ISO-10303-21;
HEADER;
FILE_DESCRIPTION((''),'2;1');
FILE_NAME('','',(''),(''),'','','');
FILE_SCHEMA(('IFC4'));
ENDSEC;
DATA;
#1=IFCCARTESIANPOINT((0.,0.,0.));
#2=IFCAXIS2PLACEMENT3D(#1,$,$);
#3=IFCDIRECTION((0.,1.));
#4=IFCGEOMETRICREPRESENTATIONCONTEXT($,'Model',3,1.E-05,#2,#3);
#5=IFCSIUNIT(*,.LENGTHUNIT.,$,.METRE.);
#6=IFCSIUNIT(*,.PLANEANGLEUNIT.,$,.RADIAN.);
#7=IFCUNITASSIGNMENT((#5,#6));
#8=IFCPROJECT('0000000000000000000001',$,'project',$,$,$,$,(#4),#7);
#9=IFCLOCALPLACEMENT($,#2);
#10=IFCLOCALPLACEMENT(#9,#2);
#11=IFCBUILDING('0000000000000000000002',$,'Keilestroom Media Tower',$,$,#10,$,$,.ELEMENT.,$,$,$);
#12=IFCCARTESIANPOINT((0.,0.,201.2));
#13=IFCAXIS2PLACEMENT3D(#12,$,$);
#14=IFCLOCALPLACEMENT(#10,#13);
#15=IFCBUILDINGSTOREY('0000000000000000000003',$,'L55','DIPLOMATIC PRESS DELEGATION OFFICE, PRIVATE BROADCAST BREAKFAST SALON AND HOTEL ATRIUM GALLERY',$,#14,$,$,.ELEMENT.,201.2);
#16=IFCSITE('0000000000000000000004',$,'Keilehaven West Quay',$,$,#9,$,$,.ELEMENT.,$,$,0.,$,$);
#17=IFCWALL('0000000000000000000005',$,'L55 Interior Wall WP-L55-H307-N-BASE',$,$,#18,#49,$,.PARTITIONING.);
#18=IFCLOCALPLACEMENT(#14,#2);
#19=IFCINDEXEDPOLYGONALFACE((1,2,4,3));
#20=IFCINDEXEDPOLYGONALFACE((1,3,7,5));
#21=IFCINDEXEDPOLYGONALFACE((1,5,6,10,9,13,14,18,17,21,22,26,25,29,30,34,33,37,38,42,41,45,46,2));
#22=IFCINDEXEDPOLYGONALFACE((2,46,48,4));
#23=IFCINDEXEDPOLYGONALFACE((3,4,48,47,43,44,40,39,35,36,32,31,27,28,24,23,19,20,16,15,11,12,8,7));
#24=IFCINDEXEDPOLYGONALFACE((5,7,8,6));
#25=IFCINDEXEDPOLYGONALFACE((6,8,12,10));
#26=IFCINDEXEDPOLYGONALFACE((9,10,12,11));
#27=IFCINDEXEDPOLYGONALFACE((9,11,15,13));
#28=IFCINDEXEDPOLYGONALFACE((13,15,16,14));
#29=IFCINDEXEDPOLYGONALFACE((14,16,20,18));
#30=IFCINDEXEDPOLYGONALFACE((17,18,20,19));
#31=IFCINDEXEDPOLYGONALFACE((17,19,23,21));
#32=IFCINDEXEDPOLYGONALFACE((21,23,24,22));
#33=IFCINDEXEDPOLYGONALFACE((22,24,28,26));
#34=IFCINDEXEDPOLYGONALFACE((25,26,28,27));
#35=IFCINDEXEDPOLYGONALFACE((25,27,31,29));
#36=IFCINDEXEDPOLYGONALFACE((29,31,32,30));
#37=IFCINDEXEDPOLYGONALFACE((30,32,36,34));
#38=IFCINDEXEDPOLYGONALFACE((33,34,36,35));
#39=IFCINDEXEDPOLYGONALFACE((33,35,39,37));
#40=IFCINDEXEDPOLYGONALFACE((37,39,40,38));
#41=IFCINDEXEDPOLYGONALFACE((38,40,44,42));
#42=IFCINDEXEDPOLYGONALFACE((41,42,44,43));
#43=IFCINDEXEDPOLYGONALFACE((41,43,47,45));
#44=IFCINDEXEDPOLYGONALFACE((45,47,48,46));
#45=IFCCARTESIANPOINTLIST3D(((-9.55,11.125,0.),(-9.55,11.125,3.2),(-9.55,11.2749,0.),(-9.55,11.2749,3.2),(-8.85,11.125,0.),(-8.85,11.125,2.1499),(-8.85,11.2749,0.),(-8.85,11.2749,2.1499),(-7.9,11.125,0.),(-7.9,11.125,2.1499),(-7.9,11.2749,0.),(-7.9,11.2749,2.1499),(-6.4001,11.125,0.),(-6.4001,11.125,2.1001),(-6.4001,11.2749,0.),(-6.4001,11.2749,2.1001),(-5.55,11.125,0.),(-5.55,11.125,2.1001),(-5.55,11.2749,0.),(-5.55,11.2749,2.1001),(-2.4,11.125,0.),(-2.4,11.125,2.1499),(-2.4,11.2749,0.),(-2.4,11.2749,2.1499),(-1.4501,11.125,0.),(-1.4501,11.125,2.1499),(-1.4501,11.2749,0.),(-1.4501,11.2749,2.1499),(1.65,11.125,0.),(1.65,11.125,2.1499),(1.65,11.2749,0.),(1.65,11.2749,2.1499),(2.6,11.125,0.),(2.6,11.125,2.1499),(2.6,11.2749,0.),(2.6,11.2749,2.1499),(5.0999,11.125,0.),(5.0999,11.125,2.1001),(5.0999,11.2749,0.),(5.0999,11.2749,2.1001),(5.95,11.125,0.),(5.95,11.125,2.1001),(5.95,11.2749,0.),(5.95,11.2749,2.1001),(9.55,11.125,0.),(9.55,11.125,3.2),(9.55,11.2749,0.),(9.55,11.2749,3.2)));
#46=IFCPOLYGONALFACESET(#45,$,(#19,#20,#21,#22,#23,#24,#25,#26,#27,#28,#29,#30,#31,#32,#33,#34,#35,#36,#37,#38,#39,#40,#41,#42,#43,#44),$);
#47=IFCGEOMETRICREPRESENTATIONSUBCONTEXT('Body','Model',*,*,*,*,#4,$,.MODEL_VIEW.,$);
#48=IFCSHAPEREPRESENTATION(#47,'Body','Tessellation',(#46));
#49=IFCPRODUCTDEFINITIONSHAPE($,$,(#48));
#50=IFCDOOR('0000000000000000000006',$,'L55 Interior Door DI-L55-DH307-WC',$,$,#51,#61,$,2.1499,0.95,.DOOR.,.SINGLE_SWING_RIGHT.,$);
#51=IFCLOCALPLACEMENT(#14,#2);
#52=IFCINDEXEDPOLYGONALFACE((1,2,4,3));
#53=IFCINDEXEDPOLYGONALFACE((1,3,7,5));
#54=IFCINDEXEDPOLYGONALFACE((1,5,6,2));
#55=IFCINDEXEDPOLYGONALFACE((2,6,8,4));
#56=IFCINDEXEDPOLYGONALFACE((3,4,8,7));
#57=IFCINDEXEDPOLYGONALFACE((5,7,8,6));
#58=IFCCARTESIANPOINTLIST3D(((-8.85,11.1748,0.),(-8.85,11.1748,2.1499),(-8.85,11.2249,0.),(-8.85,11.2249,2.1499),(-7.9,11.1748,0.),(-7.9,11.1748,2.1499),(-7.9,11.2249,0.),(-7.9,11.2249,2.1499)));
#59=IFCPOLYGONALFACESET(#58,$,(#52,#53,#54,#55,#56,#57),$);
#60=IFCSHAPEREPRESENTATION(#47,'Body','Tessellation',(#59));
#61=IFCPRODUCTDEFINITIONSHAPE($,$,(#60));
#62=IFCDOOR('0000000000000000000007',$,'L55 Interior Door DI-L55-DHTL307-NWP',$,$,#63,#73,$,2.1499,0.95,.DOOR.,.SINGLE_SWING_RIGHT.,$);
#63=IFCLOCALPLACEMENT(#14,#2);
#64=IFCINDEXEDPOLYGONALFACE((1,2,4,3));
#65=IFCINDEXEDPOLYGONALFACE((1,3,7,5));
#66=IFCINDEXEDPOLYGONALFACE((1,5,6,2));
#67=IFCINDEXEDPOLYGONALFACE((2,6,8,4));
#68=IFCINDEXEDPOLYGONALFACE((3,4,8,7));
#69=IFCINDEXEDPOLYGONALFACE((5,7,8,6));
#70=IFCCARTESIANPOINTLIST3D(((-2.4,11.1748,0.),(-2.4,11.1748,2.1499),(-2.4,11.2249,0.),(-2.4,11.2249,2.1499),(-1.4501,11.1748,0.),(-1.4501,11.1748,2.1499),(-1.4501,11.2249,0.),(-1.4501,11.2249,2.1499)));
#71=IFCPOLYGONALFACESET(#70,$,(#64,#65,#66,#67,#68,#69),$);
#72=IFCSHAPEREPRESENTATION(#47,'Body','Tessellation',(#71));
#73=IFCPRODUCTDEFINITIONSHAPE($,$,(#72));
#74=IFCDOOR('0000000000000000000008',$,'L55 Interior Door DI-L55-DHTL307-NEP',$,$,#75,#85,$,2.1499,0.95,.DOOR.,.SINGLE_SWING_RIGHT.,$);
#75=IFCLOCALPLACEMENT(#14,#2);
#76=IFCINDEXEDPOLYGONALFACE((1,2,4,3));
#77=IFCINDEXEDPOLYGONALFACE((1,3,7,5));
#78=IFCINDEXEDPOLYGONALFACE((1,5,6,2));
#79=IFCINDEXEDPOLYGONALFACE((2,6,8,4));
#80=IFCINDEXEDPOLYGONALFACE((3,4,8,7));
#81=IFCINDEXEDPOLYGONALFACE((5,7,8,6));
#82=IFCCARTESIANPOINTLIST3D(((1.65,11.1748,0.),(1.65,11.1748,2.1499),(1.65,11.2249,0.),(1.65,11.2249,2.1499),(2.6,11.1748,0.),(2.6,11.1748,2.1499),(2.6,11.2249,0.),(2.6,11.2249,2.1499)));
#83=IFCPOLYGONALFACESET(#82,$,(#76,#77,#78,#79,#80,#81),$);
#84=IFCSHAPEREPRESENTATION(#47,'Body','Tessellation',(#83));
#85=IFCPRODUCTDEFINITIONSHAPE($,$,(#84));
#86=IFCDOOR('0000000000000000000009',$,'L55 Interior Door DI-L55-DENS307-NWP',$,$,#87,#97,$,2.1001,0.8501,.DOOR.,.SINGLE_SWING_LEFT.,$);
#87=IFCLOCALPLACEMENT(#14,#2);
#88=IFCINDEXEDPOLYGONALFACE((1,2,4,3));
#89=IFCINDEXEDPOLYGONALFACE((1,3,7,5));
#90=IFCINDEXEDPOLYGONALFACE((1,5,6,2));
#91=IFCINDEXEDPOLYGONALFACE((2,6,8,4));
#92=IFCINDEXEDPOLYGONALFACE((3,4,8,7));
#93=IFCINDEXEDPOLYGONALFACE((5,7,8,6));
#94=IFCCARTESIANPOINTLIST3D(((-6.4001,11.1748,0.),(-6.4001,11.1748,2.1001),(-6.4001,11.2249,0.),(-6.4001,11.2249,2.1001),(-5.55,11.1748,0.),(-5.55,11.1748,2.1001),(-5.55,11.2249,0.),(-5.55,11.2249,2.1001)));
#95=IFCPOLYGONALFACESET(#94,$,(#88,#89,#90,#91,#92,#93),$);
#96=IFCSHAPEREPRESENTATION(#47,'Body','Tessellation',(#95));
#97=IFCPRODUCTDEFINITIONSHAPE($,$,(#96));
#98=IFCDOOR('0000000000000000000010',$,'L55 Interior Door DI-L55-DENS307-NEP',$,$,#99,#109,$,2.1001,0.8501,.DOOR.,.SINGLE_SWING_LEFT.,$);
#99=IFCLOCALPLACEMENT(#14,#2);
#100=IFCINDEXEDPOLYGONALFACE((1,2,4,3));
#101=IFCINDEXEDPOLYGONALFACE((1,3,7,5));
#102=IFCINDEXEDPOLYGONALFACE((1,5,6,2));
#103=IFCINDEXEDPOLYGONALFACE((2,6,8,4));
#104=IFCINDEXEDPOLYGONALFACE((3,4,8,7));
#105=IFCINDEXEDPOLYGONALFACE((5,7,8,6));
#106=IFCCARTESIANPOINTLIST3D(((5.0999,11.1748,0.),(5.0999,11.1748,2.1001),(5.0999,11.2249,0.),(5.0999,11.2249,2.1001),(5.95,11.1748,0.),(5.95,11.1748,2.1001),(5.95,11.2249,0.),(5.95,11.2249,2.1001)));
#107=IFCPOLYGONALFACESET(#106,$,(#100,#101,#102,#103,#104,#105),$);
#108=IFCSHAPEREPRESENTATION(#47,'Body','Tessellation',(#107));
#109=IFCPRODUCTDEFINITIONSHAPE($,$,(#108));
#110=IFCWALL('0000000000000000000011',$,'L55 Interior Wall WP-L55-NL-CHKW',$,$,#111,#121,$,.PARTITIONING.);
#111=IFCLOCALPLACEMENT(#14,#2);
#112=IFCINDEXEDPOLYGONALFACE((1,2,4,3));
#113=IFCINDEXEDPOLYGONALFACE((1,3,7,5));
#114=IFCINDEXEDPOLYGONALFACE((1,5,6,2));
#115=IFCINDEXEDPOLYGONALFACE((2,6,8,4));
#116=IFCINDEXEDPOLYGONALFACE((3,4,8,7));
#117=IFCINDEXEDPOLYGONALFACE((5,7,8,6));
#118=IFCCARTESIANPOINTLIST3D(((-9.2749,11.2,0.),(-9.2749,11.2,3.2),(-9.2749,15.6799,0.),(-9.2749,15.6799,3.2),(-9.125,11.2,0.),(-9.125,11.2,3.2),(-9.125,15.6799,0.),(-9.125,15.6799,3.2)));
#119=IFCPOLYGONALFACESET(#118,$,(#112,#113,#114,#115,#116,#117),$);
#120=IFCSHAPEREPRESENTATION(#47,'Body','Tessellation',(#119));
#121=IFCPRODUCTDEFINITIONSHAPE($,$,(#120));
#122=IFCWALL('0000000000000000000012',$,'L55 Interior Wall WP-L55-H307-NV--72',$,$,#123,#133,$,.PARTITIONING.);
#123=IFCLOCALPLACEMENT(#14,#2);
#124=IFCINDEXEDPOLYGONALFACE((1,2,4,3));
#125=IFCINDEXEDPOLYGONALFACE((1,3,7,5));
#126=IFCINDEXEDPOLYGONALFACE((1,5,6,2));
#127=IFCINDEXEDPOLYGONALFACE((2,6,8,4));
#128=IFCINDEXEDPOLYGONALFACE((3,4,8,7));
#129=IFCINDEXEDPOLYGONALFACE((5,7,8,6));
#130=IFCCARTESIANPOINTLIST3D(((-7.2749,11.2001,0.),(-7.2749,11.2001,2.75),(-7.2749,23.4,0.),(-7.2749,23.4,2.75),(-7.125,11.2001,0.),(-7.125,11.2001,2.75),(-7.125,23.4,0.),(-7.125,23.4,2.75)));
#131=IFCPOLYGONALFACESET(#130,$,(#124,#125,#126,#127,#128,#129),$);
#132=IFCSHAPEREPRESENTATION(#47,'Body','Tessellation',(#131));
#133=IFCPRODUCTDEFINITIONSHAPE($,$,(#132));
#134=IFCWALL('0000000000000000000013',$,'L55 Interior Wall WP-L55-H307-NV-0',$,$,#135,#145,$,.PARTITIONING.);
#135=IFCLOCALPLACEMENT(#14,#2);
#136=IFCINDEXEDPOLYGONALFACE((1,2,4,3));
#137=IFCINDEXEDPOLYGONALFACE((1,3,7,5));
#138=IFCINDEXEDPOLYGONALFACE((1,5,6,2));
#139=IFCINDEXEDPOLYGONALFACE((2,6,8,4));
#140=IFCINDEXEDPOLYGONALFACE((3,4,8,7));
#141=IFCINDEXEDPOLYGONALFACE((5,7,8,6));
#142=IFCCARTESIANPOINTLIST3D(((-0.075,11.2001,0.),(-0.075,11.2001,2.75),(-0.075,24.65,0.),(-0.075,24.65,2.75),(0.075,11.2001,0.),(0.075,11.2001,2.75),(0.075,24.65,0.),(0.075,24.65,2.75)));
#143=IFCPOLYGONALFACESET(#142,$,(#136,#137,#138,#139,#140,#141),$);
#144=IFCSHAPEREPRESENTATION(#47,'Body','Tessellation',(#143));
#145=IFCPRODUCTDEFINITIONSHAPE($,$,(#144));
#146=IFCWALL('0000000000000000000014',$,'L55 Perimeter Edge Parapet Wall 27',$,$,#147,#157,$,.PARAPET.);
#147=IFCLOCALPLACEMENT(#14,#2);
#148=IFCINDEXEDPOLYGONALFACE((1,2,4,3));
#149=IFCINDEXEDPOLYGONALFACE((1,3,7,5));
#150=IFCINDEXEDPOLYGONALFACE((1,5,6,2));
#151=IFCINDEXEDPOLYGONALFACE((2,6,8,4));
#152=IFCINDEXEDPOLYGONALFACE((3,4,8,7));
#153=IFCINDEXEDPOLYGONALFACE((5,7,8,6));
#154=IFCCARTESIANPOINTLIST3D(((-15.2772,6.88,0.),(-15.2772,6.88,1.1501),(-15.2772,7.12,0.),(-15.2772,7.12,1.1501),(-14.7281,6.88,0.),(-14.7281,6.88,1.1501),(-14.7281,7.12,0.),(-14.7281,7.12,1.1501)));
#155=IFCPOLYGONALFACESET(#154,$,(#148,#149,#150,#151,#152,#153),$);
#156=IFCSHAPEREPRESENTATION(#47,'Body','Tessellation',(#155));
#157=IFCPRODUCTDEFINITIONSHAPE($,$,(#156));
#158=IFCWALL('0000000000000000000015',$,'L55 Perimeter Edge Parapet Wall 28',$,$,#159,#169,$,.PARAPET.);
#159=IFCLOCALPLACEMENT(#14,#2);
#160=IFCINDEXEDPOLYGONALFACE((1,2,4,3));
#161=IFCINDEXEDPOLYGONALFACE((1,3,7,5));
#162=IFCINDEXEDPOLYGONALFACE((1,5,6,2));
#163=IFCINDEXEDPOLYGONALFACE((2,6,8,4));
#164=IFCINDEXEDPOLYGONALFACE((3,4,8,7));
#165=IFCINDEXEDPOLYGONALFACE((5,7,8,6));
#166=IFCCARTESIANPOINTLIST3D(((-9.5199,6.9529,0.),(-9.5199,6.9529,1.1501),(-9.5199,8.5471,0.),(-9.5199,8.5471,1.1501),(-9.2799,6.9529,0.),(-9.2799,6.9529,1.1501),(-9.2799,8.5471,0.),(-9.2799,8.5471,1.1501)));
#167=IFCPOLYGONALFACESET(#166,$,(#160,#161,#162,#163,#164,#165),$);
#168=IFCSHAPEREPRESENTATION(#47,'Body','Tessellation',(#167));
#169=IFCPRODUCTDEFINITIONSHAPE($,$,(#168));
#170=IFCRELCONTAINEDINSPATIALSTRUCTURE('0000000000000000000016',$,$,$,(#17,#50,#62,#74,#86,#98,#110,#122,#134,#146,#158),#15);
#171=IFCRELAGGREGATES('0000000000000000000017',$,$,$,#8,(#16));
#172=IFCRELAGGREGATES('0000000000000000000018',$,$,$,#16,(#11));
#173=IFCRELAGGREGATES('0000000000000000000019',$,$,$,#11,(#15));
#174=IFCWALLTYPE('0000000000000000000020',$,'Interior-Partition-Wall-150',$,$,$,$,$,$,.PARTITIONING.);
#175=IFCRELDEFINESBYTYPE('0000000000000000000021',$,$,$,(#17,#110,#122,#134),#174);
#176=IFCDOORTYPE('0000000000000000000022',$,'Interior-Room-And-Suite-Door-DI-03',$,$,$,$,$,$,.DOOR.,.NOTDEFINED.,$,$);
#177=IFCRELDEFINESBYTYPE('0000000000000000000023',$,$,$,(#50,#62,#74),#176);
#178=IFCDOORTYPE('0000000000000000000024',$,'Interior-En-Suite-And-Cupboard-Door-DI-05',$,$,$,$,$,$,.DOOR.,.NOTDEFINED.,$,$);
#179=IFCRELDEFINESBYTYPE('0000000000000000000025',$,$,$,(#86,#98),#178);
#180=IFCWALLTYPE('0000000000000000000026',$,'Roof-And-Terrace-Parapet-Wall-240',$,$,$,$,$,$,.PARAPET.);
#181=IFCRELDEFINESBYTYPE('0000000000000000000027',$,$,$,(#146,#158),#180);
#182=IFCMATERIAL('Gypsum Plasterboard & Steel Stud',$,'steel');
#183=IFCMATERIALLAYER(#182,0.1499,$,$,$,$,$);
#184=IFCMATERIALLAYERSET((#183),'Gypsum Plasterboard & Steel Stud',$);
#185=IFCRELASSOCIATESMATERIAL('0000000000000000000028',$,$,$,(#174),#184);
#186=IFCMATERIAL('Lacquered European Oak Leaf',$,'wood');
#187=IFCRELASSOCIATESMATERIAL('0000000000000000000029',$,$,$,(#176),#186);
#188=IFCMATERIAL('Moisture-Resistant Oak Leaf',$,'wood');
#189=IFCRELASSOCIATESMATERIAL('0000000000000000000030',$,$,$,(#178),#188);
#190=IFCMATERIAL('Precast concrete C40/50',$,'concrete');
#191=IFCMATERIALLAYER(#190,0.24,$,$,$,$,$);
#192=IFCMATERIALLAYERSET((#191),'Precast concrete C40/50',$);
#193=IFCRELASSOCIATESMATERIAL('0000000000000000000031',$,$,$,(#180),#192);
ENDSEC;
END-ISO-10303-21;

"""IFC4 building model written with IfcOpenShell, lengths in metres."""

from ifc_helpers import new_model, si_unit, direction, frame, frame_2d, origin, place, context, subcontext, project, spatial, rectangle, extrude, source, transform, mapped, material, layer, layer_set, type_object, element, fill, save


model = new_model("IFC4")

# Units and contexts
model_context = context("Model", 3, precision=1e-05, world=origin(), true_north=direction((0.0, 1.0)))
body_context = subcontext(model_context, "Body", "Model", "MODEL_VIEW")
ifc_project = project(units=[si_unit("LENGTHUNIT", "METRE"), si_unit("PLANEANGLEUNIT", "RADIAN")], contexts=[model_context])

# Site, building, storey
site_placement = place(None, origin())
site = spatial("IfcSite", under=ifc_project, at=site_placement, Name="Keilehaven West Quay", CompositionType="ELEMENT", RefElevation=0.0)
building_placement = place(site_placement, origin())
building = spatial("IfcBuilding", under=site, at=building_placement, Name="Keilestroom Media Tower", CompositionType="ELEMENT")
storey_placement = place(building_placement, frame((0.0, 0.0, 201.2)))
storey = spatial("IfcBuildingStorey", under=building, at=storey_placement, Name="L55", Description="DIPLOMATIC PRESS DELEGATION OFFICE, PRIVATE BROADCAST BREAKFAST SALON AND HOTEL ATRIUM GALLERY", CompositionType="ELEMENT", Elevation=201.2)

# Shared definitions
ifc_material_1 = material(Name="Precast concrete C40/50", Category="concrete")

# Shared definitions
ifc_material_2 = material(Name="Gypsum Plasterboard & Steel Stud", Category="steel")

# Wall, openings, doors
ifc_layer_1 = layer(ifc_material_2, 0.1499)
ifc_layer_set_1 = layer_set([ifc_layer_1], Name="Gypsum Plasterboard & Steel Stud")
wall_type_1 = type_object("IfcWallType", Name="Interior-Partition-Wall-150", PredefinedType="PARTITIONING", material=ifc_layer_set_1)
wall_1_placement = place(storey_placement, frame((-9.55, 11.2, 0.0), z_axis=(0.0, 0.0, 1.0), x_axis=(1.0, 0.0, 0.0)))
wall_1 = element("IfcWall", 1, at=wall_1_placement, inside=storey, type_object=wall_type_1, Name="L55 Interior Wall WP-L55-H307-N-BASE", PredefinedType="PARTITIONING", context=body_context, shape_type="SweptSolid", body=[
    extrude(rectangle(XDim=19.1001, YDim=0.1499, at=frame_2d((9.55, 0.0))), origin(), (0.0, 0.0, 1.0), 3.2),
])
opening_1_placement = place(wall_1_placement, frame((0.7, 0.0, 0.0)))
opening_1 = element("IfcOpeningElement", 2, at=opening_1_placement, cuts=wall_1, PredefinedType="OPENING", context=body_context, shape_type="SweptSolid", body=[
    extrude(rectangle(XDim=0.95, YDim=2.1499, at=frame_2d((0.4751, 1.075))), frame((0.0, 0.085, 0.0), z_axis=(0.0, -1.0, 0.0), x_axis=(1.0, 0.0, 0.0)), (0.0, 0.0, 1.0), 0.1699),
])
opening_2_placement = place(wall_1_placement, frame((3.1499, 0.0, 0.0)))
opening_2 = element("IfcOpeningElement", 3, at=opening_2_placement, cuts=wall_1, PredefinedType="OPENING", context=body_context, shape_type="SweptSolid", body=[
    extrude(rectangle(XDim=0.8501, YDim=2.1001, at=frame_2d((0.425, 1.05))), frame((0.0, 0.085, 0.0), z_axis=(0.0, -1.0, 0.0), x_axis=(1.0, 0.0, 0.0)), (0.0, 0.0, 1.0), 0.1699),
])
opening_3_placement = place(wall_1_placement, frame((7.1499, 0.0, 0.0)))
opening_3 = element("IfcOpeningElement", 4, at=opening_3_placement, cuts=wall_1, PredefinedType="OPENING", context=body_context, shape_type="SweptSolid", body=[
    extrude(rectangle(XDim=0.95, YDim=2.1499, at=frame_2d((0.4751, 1.075))), frame((0.0, 0.085, 0.0), z_axis=(0.0, -1.0, 0.0), x_axis=(1.0, 0.0, 0.0)), (0.0, 0.0, 1.0), 0.1699),
])
opening_4_placement = place(wall_1_placement, frame((14.6499, 0.0, 0.0)))
opening_4 = element("IfcOpeningElement", 5, at=opening_4_placement, cuts=wall_1, PredefinedType="OPENING", context=body_context, shape_type="SweptSolid", body=[
    extrude(rectangle(XDim=0.8501, YDim=2.1001, at=frame_2d((0.425, 1.05))), frame((0.0, 0.085, 0.0), z_axis=(0.0, -1.0, 0.0), x_axis=(1.0, 0.0, 0.0)), (0.0, 0.0, 1.0), 0.1699),
])
opening_5_placement = place(wall_1_placement, frame((11.2, 0.0, 0.0)))
opening_5 = element("IfcOpeningElement", 6, at=opening_5_placement, cuts=wall_1, PredefinedType="OPENING", context=body_context, shape_type="SweptSolid", body=[
    extrude(rectangle(XDim=0.95, YDim=2.1499, at=frame_2d((0.4751, 1.075))), frame((0.0, 0.085, 0.0), z_axis=(0.0, -1.0, 0.0), x_axis=(1.0, 0.0, 0.0)), (0.0, 0.0, 1.0), 0.1699),
])
ifc_material_3 = material(Name="Lacquered European Oak Leaf", Category="wood")
door_type_1 = type_object("IfcDoorType", Name="Interior-Room-And-Suite-Door-DI-03", OperationType="NOTDEFINED", PredefinedType="DOOR", material=ifc_material_3)
shared_shape_1 = source(origin(), body_context, "Body", "SweptSolid", [
    extrude(rectangle(XDim=0.95, YDim=2.1499, at=frame_2d((0.4751, 1.075))), frame((0.0, 0.0249, 0.0), z_axis=(0.0, -1.0, 0.0), x_axis=(1.0, 0.0, 0.0)), (0.0, 0.0, 1.0), 0.05),
])
door_1_placement = place(opening_1_placement, origin())
door_1 = element("IfcDoor", 7, at=door_1_placement, inside=storey, type_object=door_type_1, Name="L55 Interior Door DI-L55-DH307-WC", OperationType="SINGLE_SWING_RIGHT", OverallHeight=2.1499, OverallWidth=0.95, PredefinedType="DOOR", context=body_context, shape_type="MappedRepresentation", body=[
    mapped(shared_shape_1, transform((0.0, 0.0, 0.0), x_axis=(1.0, 0.0, 0.0), y_axis=(0.0, 1.0, 0.0), z_axis=(0.0, 0.0, 1.0), scale=1.0)),
])
fill(opening_1, door_1)
door_2_placement = place(opening_3_placement, origin())
door_2 = element("IfcDoor", 8, at=door_2_placement, inside=storey, type_object=door_type_1, Name="L55 Interior Door DI-L55-DHTL307-NWP", OperationType="SINGLE_SWING_RIGHT", OverallHeight=2.1499, OverallWidth=0.95, PredefinedType="DOOR", context=body_context, shape_type="MappedRepresentation", body=[
    mapped(shared_shape_1, transform((0.0, 0.0, 0.0), x_axis=(1.0, 0.0, 0.0), y_axis=(0.0, 1.0, 0.0), z_axis=(0.0, 0.0, 1.0), scale=1.0)),
])
fill(opening_3, door_2)
door_3_placement = place(opening_5_placement, origin())
door_3 = element("IfcDoor", 9, at=door_3_placement, inside=storey, type_object=door_type_1, Name="L55 Interior Door DI-L55-DHTL307-NEP", OperationType="SINGLE_SWING_RIGHT", OverallHeight=2.1499, OverallWidth=0.95, PredefinedType="DOOR", context=body_context, shape_type="MappedRepresentation", body=[
    mapped(shared_shape_1, transform((0.0, 0.0, 0.0), x_axis=(1.0, 0.0, 0.0), y_axis=(0.0, 1.0, 0.0), z_axis=(0.0, 0.0, 1.0), scale=1.0)),
])
fill(opening_5, door_3)
ifc_material_4 = material(Name="Moisture-Resistant Oak Leaf", Category="wood")
door_type_2 = type_object("IfcDoorType", Name="Interior-En-Suite-And-Cupboard-Door-DI-05", OperationType="NOTDEFINED", PredefinedType="DOOR", material=ifc_material_4)
shared_shape_2 = source(origin(), body_context, "Body", "SweptSolid", [
    extrude(rectangle(XDim=0.8501, YDim=2.1001, at=frame_2d((0.425, 1.05))), frame((0.0, 0.0249, 0.0), z_axis=(0.0, -1.0, 0.0), x_axis=(1.0, 0.0, 0.0)), (0.0, 0.0, 1.0), 0.05),
])
door_4_placement = place(opening_2_placement, origin())
door_4 = element("IfcDoor", 10, at=door_4_placement, inside=storey, type_object=door_type_2, Name="L55 Interior Door DI-L55-DENS307-NWP", OperationType="SINGLE_SWING_LEFT", OverallHeight=2.1001, OverallWidth=0.8501, PredefinedType="DOOR", context=body_context, shape_type="MappedRepresentation", body=[
    mapped(shared_shape_2, transform((0.0, 0.0, 0.0), x_axis=(1.0, 0.0, 0.0), y_axis=(0.0, 1.0, 0.0), z_axis=(0.0, 0.0, 1.0), scale=1.0)),
])
fill(opening_2, door_4)
door_5_placement = place(opening_4_placement, origin())
door_5 = element("IfcDoor", 11, at=door_5_placement, inside=storey, type_object=door_type_2, Name="L55 Interior Door DI-L55-DENS307-NEP", OperationType="SINGLE_SWING_LEFT", OverallHeight=2.1001, OverallWidth=0.8501, PredefinedType="DOOR", context=body_context, shape_type="MappedRepresentation", body=[
    mapped(shared_shape_2, transform((0.0, 0.0, 0.0), x_axis=(1.0, 0.0, 0.0), y_axis=(0.0, 1.0, 0.0), z_axis=(0.0, 0.0, 1.0), scale=1.0)),
])
fill(opening_4, door_5)

# Walls
wall_2_placement = place(storey_placement, frame((-9.2, 11.2, 0.0), z_axis=(0.0, 0.0, 1.0), x_axis=(0.0, 1.0, 0.0)))
element("IfcWall", 12, at=wall_2_placement, inside=storey, type_object=wall_type_1, Name="L55 Interior Wall WP-L55-NL-CHKW", PredefinedType="PARTITIONING", context=body_context, shape_type="SweptSolid", body=[
    extrude(rectangle(XDim=4.48, YDim=0.1499, at=frame_2d((2.24, 0.0))), origin(), (0.0, 0.0, 1.0), 3.2),
])
wall_3_placement = place(storey_placement, frame((-7.2, 11.2, 0.0), z_axis=(0.0, 0.0, 1.0), x_axis=(0.0, 1.0, 0.0)))
element("IfcWall", 13, at=wall_3_placement, inside=storey, type_object=wall_type_1, Name="L55 Interior Wall WP-L55-H307-NV--72", PredefinedType="PARTITIONING", context=body_context, shape_type="SweptSolid", body=[
    extrude(rectangle(XDim=12.2, YDim=0.1499, at=frame_2d((6.1001, 0.0))), origin(), (0.0, 0.0, 1.0), 2.75),
])
wall_4_placement = place(storey_placement, frame((0.0, 11.2, 0.0), z_axis=(0.0, 0.0, 1.0), x_axis=(0.0, 1.0, 0.0)))
element("IfcWall", 14, at=wall_4_placement, inside=storey, type_object=wall_type_1, Name="L55 Interior Wall WP-L55-H307-NV-0", PredefinedType="PARTITIONING", context=body_context, shape_type="SweptSolid", body=[
    extrude(rectangle(XDim=13.45, YDim=0.1499, at=frame_2d((6.7251, 0.0))), origin(), (0.0, 0.0, 1.0), 2.75),
])
ifc_layer_2 = layer(ifc_material_1, 0.24)
ifc_layer_set_2 = layer_set([ifc_layer_2], Name="Precast concrete C40/50")
wall_type_2 = type_object("IfcWallType", Name="Roof-And-Terrace-Parapet-Wall-240", PredefinedType="PARAPET", material=ifc_layer_set_2)
wall_5_placement = place(storey_placement, frame((-15.2771, 7.0, 0.0), z_axis=(0.0, 0.0, 1.0), x_axis=(1.0, 0.0, 0.0)))
element("IfcWall", 15, at=wall_5_placement, inside=storey, type_object=wall_type_2, Name="L55 Perimeter Edge Parapet Wall 27", PredefinedType="PARAPET", context=body_context, shape_type="SweptSolid", body=[
    extrude(rectangle(XDim=0.5491, YDim=0.24, at=frame_2d((0.2744, 0.0))), origin(), (0.0, 0.0, 1.0), 1.1501),
])
wall_6_placement = place(storey_placement, frame((-9.3999, 6.9529, 0.0), z_axis=(0.0, 0.0, 1.0), x_axis=(0.0, 1.0, 0.0)))
element("IfcWall", 16, at=wall_6_placement, inside=storey, type_object=wall_type_2, Name="L55 Perimeter Edge Parapet Wall 28", PredefinedType="PARAPET", context=body_context, shape_type="SweptSolid", body=[
    extrude(rectangle(XDim=1.5942, YDim=0.24, at=frame_2d((0.7971, 0.0))), origin(), (0.0, 0.0, 1.0), 1.1501),
])

save(model, "model.ifc")
